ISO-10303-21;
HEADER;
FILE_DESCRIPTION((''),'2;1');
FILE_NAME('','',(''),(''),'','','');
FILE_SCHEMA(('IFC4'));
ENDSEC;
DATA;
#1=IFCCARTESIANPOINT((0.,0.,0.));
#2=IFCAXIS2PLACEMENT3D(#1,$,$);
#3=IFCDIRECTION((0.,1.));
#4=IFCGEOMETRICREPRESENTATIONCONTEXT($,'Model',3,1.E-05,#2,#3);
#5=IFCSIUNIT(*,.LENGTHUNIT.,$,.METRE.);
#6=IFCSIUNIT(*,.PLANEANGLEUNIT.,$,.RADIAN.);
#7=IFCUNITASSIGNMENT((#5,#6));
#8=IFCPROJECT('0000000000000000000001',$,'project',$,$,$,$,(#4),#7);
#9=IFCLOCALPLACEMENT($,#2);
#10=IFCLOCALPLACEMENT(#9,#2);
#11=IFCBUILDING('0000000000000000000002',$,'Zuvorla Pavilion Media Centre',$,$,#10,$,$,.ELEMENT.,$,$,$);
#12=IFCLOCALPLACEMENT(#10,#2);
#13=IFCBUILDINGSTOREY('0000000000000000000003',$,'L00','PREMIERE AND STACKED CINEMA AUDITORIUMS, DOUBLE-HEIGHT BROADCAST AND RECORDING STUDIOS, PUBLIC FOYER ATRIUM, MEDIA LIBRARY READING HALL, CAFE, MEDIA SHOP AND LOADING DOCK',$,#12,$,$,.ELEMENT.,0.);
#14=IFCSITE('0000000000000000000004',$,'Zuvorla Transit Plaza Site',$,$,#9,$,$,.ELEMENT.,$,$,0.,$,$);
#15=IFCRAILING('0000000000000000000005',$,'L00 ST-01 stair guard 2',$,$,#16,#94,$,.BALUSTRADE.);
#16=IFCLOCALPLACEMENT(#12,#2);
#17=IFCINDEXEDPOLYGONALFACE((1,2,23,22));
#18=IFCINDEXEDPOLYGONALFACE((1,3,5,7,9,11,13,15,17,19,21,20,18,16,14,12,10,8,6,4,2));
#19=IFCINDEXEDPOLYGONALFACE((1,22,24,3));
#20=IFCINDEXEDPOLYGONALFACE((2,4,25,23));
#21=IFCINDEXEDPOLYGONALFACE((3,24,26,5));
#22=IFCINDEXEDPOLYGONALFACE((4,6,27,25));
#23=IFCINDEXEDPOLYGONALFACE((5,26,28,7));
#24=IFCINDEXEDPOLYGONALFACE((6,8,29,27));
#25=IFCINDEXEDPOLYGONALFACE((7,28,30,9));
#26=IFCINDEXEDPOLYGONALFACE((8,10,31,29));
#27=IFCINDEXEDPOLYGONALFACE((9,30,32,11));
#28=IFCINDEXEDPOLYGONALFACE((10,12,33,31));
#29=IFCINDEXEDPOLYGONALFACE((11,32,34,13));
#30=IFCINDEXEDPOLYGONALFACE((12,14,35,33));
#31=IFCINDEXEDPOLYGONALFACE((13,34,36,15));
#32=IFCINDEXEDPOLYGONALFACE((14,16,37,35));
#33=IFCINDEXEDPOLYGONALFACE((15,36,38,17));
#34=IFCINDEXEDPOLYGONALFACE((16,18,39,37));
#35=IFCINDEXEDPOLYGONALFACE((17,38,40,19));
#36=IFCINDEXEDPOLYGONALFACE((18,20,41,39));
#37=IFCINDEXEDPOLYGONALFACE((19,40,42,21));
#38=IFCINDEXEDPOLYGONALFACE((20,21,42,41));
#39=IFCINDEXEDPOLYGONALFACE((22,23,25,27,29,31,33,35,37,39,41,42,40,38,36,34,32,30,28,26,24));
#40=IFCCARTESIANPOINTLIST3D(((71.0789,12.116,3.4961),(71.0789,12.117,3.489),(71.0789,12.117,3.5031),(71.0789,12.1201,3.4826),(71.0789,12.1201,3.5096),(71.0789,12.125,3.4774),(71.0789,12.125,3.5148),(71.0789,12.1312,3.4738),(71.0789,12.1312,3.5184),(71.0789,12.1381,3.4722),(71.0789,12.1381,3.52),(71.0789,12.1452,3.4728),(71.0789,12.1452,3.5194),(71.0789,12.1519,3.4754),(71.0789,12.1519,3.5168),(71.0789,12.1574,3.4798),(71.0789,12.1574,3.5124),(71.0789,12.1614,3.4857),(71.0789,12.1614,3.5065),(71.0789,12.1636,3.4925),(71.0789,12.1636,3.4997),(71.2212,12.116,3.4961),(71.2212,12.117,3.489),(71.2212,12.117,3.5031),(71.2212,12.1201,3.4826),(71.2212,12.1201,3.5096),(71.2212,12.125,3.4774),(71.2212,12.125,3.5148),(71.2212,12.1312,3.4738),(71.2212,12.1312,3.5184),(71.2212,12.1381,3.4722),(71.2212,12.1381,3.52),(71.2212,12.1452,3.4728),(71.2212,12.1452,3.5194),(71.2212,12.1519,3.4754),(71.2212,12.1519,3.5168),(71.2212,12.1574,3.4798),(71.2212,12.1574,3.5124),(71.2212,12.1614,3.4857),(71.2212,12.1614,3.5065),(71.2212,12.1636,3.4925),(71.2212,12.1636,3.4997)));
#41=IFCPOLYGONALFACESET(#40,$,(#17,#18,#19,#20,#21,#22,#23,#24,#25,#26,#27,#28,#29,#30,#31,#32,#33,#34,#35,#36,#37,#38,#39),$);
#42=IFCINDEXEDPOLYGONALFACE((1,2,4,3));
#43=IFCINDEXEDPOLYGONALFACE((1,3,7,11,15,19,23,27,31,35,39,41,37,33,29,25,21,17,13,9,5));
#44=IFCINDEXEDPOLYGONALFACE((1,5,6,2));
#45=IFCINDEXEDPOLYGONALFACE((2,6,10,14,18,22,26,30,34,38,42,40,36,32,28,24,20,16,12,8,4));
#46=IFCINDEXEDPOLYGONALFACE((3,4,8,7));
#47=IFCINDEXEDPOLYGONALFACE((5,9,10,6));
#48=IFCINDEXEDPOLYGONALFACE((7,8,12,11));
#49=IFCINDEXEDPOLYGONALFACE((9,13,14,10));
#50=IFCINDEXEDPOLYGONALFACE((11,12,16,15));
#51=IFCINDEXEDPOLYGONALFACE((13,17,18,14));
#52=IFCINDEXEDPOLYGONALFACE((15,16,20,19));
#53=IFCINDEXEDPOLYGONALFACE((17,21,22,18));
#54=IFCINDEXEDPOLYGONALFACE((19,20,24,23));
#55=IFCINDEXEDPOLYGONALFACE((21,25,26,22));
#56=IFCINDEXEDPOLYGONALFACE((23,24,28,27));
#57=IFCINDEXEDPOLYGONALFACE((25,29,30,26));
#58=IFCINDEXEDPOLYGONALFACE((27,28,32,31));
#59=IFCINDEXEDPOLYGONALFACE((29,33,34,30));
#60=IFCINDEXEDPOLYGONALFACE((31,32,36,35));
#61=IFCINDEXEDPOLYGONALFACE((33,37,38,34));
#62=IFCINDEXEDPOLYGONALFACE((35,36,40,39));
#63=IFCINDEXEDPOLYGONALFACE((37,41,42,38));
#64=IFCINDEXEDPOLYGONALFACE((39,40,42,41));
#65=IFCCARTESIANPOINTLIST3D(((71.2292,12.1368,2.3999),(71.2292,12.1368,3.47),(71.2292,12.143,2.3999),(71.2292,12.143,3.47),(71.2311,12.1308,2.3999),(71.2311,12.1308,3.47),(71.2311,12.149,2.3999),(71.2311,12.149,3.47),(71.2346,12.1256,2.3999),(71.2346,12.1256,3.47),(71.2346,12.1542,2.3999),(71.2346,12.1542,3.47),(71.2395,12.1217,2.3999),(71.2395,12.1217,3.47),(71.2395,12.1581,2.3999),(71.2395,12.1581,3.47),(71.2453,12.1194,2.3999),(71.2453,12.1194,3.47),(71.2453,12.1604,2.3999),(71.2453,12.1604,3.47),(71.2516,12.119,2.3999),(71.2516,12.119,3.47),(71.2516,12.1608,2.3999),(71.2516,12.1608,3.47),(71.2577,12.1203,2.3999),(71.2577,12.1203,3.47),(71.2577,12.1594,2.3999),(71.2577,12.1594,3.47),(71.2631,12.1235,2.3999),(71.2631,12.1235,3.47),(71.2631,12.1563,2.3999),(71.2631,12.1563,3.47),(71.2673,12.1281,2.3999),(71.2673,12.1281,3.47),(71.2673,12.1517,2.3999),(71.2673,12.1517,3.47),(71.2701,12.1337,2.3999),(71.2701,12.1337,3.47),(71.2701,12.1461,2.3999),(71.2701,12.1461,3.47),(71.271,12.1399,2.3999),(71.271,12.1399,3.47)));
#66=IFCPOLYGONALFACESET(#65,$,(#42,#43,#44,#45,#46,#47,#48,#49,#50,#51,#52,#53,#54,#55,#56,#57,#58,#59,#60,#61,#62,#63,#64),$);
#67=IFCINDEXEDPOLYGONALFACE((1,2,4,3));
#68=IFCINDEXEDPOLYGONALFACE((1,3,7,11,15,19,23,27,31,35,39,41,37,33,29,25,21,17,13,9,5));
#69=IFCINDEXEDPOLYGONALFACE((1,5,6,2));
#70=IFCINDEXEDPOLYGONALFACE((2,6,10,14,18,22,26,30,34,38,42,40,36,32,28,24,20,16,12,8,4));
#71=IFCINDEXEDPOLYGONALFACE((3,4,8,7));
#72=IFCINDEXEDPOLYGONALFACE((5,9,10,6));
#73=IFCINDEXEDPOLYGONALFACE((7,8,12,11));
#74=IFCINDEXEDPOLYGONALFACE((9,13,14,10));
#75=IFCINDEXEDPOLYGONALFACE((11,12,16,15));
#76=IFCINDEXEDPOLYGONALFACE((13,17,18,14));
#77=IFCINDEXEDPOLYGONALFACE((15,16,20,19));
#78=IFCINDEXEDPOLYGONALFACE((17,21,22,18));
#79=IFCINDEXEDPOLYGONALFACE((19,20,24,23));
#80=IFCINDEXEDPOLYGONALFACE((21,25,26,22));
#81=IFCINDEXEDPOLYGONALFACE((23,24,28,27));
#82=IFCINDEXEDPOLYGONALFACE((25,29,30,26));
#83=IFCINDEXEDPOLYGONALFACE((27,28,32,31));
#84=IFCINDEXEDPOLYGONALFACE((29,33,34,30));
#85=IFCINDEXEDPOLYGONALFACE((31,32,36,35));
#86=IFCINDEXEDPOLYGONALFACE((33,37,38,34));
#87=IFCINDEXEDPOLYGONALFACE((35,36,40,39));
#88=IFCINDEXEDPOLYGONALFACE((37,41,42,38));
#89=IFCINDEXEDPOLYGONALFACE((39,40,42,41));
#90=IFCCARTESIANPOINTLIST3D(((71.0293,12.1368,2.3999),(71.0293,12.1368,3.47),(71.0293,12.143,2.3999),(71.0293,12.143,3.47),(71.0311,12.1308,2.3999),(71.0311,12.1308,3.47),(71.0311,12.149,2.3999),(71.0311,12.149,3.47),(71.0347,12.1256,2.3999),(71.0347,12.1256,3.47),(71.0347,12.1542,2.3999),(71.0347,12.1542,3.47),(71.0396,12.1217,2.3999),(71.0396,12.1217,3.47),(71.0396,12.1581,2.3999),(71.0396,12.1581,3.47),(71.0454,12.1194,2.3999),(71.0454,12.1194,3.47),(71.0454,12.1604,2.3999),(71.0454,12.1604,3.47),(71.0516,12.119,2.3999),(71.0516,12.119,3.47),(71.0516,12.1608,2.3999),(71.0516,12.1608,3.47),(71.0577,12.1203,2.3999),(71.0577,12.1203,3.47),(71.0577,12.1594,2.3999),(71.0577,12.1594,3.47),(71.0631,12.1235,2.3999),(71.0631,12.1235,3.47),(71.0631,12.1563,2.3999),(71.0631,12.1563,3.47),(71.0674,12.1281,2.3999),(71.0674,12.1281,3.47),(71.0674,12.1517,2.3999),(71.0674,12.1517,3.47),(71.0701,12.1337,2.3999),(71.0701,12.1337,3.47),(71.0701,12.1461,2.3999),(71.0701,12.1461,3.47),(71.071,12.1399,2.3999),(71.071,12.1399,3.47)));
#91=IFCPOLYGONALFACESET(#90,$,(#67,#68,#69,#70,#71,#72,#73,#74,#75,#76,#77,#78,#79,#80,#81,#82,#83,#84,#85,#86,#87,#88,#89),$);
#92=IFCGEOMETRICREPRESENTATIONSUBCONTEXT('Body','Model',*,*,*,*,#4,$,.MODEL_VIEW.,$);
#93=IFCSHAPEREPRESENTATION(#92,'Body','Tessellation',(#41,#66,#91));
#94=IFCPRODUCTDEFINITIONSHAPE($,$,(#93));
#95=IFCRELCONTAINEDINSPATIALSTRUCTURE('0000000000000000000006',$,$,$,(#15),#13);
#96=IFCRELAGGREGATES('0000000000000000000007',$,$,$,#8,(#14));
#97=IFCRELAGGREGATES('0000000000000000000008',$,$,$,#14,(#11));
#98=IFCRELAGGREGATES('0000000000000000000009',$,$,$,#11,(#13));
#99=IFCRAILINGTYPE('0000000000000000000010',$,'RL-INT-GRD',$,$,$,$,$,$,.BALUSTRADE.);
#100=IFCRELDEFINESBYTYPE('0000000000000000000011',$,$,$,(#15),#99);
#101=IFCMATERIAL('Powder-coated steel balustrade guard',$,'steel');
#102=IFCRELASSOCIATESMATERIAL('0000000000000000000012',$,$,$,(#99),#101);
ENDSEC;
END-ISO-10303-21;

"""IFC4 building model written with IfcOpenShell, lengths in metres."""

from ifc_helpers import new_model, si_unit, direction, frame, origin, origin_2d, place, context, subcontext, project, spatial, circle, extrude, material, type_object, element, save


model = new_model("IFC4")

# Units and contexts
model_context = context("Model", 3, precision=1e-05, world=origin(), true_north=direction((0.0, 1.0)))
body_context = subcontext(model_context, "Body", "Model", "MODEL_VIEW")
ifc_project = project(units=[si_unit("LENGTHUNIT", "METRE"), si_unit("PLANEANGLEUNIT", "RADIAN")], contexts=[model_context])

# Site, building, storey
site_placement = place(None, origin())
site = spatial("IfcSite", under=ifc_project, at=site_placement, Name="Zuvorla Transit Plaza Site", CompositionType="ELEMENT", RefElevation=0.0)
building_placement = place(site_placement, origin())
building = spatial("IfcBuilding", under=site, at=building_placement, Name="Zuvorla Pavilion Media Centre", CompositionType="ELEMENT")
storey_placement = place(building_placement, origin())
storey = spatial("IfcBuildingStorey", under=building, at=storey_placement, Name="L00", Description="PREMIERE AND STACKED CINEMA AUDITORIUMS, DOUBLE-HEIGHT BROADCAST AND RECORDING STUDIOS, PUBLIC FOYER ATRIUM, MEDIA LIBRARY READING HALL, CAFE, MEDIA SHOP AND LOADING DOCK", CompositionType="ELEMENT", Elevation=0.0)

# Railing
ifc_material_1 = material(Name="Powder-coated steel balustrade guard", Category="steel")
railing_type_1 = type_object("IfcRailingType", Name="RL-INT-GRD", PredefinedType="BALUSTRADE", material=ifc_material_1)
railing_1_placement = place(storey_placement, frame((71.25, 12.1399, 2.3999)))
element("IfcRailing", 1, at=railing_1_placement, inside=storey, type_object=railing_type_1, Name="L00 ST-01 stair guard 2", PredefinedType="BALUSTRADE", context=body_context, shape_type="SweptSolid", body=[
    extrude(circle(Radius=0.0239, at=origin_2d()), frame((-0.0288, 0.0, 1.0962), z_axis=(-1.0, 0.0, 0.0), x_axis=(0.0, -1.0, 0.0)), (0.0, 0.0, 1.0), 0.1423),
    extrude(circle(Radius=0.021, at=origin_2d()), origin(), (0.0, 0.0, 1.0), 1.0701),
    extrude(circle(Radius=0.021, at=origin_2d()), frame((-0.2, 0.0, 0.0)), (0.0, 0.0, 1.0), 1.0701),
])

save(model, "model.ifc")
